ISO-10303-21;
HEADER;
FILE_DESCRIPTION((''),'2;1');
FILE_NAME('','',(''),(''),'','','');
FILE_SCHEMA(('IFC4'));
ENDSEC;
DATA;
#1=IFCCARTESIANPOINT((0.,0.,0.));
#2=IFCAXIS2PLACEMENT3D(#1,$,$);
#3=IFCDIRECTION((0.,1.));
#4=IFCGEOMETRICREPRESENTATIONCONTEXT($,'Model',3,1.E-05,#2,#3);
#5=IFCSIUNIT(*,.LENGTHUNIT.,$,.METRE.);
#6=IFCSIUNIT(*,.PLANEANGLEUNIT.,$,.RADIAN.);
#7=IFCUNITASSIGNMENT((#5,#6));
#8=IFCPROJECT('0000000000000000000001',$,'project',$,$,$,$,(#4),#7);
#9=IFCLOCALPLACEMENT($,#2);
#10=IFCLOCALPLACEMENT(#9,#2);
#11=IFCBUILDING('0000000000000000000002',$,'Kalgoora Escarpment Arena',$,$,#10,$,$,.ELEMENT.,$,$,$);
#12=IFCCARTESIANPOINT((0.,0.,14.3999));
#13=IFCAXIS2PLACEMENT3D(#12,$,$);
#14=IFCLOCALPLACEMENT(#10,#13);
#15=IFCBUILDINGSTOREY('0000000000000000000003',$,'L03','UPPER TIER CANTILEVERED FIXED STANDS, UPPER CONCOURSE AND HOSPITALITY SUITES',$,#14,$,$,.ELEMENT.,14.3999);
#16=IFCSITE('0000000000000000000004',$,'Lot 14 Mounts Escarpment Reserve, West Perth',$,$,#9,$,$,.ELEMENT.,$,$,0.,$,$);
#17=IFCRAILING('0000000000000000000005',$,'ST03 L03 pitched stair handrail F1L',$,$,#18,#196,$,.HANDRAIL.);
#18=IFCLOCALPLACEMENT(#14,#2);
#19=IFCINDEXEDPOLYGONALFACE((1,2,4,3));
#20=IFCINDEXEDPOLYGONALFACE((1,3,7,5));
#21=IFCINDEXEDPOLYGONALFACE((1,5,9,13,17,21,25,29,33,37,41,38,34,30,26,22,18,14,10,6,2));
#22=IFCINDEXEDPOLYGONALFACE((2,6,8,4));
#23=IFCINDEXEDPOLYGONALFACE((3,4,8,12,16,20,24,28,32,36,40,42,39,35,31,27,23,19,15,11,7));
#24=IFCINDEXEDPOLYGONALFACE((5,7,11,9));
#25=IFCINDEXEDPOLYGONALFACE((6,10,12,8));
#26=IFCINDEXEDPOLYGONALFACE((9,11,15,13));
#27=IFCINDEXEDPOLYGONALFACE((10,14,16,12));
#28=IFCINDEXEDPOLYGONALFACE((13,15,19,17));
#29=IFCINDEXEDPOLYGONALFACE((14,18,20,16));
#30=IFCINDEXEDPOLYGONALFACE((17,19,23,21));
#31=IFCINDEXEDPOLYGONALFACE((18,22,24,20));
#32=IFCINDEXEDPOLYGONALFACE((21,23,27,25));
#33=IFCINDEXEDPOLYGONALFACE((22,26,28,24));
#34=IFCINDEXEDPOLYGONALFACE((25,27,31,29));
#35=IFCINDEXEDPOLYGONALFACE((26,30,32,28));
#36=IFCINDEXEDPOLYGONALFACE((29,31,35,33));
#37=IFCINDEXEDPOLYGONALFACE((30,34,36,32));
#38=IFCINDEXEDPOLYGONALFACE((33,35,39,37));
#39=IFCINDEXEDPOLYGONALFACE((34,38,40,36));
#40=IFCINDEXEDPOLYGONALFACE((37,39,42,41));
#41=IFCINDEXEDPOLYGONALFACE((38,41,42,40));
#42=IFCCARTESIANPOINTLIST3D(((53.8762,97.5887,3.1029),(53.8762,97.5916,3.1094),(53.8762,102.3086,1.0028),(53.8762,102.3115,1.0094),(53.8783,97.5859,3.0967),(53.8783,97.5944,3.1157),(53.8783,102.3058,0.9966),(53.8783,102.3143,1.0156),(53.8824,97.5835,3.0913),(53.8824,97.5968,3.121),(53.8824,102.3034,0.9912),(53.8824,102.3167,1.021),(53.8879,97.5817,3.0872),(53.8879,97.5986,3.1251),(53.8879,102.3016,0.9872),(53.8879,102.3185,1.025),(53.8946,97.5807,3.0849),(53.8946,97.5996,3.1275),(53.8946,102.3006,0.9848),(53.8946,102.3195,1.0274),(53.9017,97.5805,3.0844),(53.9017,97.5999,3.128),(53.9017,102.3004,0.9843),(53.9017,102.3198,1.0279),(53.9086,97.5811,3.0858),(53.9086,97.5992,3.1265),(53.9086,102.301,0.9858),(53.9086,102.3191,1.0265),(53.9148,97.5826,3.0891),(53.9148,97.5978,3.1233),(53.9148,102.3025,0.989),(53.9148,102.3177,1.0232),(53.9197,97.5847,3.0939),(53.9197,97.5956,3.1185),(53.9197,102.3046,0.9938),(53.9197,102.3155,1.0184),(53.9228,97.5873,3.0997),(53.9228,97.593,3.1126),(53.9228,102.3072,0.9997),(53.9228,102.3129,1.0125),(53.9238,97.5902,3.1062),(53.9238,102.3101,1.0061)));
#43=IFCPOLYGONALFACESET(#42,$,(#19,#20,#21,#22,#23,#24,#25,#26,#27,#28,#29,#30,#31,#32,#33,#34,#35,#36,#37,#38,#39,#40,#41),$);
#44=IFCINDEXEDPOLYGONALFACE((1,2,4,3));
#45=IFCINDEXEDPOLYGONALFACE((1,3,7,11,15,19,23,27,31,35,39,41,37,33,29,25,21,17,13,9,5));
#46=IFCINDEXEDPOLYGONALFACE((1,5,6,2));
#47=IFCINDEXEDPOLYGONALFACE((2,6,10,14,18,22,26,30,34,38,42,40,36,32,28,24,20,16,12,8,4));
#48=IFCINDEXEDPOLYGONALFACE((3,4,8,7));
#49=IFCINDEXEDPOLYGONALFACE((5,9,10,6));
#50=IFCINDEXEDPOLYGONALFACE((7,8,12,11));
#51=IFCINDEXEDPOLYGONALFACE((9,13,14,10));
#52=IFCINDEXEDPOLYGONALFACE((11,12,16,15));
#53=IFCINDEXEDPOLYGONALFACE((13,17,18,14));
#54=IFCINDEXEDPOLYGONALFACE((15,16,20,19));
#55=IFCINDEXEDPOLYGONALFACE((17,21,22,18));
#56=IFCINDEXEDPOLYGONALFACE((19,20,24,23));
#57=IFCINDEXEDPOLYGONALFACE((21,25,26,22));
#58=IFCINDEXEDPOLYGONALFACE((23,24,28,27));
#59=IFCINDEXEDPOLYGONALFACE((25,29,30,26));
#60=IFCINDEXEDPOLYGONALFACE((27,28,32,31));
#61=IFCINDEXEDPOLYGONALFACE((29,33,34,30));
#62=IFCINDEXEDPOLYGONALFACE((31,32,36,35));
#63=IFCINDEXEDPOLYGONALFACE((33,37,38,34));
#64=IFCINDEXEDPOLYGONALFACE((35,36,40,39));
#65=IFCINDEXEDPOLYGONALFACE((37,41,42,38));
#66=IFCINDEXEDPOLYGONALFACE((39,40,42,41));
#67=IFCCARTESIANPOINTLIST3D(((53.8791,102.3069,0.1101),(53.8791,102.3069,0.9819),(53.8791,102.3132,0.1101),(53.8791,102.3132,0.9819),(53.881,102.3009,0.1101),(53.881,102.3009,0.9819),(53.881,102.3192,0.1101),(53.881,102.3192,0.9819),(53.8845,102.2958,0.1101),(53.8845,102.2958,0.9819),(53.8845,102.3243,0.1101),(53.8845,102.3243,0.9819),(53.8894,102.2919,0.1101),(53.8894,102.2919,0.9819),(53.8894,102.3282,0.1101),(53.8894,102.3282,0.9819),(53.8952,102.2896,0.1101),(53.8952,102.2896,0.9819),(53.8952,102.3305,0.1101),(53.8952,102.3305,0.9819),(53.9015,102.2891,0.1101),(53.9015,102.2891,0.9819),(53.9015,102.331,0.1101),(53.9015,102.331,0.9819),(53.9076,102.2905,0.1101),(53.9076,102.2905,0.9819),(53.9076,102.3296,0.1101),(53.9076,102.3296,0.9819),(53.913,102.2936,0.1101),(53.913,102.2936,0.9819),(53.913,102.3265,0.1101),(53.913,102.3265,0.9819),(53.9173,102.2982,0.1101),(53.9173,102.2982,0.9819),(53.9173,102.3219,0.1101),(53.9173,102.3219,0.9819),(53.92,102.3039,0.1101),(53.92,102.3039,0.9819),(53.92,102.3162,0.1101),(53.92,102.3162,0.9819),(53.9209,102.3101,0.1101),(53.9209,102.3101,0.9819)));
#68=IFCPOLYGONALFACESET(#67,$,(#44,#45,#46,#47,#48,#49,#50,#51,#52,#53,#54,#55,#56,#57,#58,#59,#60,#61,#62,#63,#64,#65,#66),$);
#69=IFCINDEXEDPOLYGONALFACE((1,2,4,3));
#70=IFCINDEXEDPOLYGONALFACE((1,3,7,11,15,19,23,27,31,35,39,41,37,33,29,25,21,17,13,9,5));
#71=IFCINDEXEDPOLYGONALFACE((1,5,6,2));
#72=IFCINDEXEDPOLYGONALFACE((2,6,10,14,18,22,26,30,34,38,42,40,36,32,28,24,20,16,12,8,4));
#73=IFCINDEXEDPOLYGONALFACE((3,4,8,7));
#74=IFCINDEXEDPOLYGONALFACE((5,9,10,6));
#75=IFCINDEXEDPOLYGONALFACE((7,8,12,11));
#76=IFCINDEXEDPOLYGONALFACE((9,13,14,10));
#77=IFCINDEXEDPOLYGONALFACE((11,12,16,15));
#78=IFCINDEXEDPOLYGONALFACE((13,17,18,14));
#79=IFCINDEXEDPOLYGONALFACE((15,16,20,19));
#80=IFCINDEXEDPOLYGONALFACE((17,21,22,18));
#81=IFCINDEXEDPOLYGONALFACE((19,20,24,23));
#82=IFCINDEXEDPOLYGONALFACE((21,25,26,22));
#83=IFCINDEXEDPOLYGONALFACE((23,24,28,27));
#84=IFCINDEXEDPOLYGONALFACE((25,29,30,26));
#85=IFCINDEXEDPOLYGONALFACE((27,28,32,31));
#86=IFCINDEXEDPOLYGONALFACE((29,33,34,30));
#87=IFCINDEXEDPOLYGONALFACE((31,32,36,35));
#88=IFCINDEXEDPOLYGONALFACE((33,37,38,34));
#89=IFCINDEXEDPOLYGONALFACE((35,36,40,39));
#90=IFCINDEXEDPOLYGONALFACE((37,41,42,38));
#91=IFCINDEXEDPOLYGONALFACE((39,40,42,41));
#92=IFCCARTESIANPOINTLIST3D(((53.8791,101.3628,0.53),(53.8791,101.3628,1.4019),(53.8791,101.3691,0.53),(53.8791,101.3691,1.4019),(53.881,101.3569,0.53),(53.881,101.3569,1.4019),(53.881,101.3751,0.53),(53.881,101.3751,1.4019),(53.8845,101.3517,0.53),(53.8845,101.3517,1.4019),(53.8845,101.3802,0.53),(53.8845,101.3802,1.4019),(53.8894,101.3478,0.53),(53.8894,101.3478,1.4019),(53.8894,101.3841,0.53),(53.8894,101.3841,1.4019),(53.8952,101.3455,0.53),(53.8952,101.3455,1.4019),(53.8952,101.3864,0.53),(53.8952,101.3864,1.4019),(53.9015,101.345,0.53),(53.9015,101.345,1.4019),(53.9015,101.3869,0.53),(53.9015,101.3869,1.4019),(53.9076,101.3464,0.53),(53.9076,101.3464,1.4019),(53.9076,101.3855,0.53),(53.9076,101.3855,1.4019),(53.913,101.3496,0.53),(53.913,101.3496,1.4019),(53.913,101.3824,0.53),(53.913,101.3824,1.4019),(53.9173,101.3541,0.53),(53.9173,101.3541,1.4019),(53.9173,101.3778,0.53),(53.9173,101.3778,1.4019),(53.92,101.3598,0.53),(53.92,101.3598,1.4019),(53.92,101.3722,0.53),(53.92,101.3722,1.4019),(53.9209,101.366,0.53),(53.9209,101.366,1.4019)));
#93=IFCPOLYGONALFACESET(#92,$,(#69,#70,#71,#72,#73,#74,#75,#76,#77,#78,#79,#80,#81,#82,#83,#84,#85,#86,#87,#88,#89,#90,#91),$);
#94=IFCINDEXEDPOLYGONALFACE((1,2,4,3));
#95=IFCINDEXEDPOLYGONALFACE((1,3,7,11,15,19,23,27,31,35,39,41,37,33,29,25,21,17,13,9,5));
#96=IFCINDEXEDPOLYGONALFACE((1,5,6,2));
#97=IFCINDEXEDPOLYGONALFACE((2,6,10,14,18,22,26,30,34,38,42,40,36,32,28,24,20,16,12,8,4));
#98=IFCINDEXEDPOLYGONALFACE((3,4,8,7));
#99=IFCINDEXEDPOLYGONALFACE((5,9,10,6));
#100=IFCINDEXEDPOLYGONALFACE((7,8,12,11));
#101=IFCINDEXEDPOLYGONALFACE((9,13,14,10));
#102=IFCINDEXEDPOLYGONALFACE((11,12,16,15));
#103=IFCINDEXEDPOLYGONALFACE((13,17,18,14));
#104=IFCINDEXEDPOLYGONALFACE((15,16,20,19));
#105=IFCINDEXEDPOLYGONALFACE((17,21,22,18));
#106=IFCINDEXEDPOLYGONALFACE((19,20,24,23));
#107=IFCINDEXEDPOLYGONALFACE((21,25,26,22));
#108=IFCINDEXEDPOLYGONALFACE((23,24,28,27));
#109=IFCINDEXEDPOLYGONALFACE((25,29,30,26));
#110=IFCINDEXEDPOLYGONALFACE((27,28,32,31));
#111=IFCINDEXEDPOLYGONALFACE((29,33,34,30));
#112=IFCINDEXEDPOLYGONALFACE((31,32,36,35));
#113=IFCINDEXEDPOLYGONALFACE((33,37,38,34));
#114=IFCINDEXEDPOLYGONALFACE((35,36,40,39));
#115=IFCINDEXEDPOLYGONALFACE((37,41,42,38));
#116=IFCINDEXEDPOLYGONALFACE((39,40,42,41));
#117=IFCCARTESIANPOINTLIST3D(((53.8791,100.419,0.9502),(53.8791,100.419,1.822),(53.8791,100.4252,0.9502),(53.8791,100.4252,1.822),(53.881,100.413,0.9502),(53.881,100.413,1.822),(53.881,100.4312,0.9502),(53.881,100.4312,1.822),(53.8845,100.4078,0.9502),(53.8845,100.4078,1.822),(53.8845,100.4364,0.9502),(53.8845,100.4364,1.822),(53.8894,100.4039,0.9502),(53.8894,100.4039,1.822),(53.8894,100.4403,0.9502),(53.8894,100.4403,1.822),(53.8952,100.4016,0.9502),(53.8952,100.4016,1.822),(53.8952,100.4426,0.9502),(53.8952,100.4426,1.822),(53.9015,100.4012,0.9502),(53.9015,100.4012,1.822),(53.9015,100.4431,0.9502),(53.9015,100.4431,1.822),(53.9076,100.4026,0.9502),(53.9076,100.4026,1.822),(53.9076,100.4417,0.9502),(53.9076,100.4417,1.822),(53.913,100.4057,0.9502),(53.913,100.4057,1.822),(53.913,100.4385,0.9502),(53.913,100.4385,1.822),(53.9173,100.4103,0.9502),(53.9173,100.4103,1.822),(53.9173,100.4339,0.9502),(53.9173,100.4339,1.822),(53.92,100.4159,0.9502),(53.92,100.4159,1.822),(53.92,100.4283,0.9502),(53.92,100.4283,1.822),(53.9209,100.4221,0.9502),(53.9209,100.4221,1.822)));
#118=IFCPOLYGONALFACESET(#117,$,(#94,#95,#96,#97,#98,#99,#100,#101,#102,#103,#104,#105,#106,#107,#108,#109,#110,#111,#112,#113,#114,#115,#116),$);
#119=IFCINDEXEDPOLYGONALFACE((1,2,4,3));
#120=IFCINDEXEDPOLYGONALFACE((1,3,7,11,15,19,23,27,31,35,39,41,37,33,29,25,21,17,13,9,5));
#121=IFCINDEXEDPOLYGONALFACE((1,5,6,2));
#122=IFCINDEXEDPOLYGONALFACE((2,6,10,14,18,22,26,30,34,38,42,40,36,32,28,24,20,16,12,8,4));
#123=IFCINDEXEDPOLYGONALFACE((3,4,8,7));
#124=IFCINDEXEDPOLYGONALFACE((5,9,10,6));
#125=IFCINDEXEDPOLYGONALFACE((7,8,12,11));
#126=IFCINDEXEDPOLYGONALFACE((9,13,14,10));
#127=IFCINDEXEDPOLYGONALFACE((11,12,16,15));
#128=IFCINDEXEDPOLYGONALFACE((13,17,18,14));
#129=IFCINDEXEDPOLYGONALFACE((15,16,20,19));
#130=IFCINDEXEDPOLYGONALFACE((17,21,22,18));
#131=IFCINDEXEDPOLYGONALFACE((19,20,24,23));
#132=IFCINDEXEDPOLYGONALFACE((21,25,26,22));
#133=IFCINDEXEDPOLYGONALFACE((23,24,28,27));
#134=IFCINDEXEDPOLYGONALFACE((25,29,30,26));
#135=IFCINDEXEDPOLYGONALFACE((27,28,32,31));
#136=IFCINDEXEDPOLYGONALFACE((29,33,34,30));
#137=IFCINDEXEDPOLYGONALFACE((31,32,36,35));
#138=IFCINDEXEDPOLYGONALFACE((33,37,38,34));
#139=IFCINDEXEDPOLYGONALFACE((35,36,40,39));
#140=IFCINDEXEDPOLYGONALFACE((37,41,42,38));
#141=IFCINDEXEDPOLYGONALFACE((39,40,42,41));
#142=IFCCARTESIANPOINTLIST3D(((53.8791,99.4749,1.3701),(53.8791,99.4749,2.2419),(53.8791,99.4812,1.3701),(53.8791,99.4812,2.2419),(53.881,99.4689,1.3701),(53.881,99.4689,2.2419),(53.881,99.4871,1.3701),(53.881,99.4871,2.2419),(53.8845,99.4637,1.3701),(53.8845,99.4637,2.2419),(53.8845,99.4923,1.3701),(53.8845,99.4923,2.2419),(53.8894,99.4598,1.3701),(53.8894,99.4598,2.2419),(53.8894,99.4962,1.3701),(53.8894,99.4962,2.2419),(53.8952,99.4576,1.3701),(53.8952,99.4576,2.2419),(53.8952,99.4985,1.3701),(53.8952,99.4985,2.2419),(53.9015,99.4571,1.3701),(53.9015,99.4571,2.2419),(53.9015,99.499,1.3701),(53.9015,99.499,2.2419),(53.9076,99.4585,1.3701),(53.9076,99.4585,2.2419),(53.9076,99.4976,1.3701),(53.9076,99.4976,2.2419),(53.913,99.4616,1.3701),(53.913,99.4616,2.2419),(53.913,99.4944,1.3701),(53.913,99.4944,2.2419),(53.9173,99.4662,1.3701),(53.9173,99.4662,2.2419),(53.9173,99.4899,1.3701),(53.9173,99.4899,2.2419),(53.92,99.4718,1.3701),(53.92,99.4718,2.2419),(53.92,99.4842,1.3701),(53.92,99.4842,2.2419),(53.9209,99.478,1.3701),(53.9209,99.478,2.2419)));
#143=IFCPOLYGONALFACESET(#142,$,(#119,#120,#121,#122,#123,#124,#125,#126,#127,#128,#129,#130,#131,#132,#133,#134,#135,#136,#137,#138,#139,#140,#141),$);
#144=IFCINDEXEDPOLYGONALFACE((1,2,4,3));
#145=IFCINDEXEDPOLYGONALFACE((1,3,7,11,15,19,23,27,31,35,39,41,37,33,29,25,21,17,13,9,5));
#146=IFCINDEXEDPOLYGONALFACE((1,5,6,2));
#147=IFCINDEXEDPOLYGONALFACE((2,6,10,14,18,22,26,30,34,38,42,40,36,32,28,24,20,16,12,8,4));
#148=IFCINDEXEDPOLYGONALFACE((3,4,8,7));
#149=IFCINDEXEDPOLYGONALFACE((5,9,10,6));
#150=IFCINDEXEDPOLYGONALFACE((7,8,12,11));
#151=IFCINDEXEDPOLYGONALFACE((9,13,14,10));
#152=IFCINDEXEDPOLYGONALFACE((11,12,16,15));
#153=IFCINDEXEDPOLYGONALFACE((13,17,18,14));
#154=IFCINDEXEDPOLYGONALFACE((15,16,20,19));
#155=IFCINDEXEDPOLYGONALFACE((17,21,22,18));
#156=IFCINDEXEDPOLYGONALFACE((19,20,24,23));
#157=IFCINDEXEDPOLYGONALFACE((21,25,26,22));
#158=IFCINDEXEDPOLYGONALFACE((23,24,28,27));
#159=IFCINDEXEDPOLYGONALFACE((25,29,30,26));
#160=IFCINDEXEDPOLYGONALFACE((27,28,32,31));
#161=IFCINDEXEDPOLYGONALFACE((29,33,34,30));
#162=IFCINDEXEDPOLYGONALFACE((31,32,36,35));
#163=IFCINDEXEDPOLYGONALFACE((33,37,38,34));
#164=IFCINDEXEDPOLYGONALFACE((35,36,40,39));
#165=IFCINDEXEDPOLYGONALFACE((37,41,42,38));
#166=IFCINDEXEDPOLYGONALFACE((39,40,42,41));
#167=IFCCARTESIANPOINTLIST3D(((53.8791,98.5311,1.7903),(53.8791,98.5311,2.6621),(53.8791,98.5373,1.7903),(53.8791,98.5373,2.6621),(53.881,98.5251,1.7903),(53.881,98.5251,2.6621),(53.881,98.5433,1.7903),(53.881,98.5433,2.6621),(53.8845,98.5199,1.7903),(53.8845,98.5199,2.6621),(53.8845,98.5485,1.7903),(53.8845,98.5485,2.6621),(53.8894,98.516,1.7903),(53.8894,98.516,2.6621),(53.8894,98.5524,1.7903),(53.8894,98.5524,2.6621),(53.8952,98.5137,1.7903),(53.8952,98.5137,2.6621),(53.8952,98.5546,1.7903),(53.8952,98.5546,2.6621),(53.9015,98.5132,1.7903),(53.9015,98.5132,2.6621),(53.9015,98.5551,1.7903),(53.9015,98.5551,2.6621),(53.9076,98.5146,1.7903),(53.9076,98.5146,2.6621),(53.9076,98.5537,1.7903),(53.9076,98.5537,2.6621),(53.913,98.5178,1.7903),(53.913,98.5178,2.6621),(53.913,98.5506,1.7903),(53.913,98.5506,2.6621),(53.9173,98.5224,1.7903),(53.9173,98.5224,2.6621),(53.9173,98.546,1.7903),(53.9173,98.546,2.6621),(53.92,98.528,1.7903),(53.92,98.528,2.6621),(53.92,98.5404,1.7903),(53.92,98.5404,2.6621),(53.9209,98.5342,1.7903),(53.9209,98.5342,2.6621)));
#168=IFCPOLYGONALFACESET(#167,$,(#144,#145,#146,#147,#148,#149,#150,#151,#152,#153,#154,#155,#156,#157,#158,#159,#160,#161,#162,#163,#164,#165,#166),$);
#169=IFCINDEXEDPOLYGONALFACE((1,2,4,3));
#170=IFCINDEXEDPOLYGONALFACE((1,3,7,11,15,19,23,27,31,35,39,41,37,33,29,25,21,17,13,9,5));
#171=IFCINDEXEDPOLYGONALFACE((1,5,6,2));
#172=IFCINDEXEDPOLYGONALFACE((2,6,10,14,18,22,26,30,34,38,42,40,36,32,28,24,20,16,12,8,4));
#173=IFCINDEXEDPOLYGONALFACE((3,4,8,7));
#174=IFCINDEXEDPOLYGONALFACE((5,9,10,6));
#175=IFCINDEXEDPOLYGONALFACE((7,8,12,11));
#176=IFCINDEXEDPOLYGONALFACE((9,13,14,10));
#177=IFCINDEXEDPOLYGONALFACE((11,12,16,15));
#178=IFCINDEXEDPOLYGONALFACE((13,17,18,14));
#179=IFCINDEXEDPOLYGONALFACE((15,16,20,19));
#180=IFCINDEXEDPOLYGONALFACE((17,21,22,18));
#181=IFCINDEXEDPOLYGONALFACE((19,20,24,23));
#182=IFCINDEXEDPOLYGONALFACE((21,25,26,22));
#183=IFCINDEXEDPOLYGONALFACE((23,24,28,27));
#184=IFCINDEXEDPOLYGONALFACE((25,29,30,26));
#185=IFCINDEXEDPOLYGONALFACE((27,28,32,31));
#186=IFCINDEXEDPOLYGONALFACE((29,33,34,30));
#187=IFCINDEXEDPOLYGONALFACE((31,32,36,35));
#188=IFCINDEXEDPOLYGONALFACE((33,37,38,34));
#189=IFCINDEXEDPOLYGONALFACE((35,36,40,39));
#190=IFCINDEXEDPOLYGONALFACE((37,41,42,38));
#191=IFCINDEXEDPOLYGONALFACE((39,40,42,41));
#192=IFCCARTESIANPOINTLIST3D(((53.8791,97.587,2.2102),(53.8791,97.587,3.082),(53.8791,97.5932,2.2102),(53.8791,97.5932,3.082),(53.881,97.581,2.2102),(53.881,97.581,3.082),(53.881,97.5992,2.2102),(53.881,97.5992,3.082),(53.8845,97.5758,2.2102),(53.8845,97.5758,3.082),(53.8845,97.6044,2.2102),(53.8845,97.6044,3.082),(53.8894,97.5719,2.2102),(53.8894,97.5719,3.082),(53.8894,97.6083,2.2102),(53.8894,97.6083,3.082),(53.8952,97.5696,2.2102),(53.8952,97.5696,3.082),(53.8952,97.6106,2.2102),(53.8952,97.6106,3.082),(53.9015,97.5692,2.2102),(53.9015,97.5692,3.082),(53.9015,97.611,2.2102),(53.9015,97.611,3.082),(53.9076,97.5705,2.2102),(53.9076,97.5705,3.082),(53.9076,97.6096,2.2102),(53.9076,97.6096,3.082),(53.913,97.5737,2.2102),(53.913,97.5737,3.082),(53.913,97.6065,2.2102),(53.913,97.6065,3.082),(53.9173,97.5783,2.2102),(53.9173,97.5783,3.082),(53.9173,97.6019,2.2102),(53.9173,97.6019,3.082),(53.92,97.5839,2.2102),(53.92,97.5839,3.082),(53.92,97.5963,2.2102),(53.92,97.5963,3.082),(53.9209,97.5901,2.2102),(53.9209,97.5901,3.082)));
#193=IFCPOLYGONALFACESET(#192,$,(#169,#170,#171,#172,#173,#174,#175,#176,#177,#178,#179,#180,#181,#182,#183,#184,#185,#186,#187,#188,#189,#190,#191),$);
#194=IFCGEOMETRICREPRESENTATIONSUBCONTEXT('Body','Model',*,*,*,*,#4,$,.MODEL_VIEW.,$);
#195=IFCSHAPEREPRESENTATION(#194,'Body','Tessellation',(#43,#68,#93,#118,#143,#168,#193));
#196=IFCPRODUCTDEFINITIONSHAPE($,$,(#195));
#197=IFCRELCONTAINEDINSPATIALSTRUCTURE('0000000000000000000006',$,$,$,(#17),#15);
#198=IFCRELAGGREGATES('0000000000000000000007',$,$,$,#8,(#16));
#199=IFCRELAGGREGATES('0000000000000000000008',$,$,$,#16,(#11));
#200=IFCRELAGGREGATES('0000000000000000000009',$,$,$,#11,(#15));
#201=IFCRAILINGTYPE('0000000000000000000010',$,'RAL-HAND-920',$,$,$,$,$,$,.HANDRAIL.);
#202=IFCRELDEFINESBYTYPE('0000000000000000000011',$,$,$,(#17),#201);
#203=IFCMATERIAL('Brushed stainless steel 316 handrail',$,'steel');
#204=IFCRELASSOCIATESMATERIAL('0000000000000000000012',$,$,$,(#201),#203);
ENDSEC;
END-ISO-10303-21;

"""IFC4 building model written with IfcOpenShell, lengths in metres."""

from ifc_helpers import new_model, si_unit, direction, frame, origin, origin_2d, place, context, subcontext, project, spatial, circle, extrude, material, type_object, element, save


model = new_model("IFC4")

# Units and contexts
model_context = context("Model", 3, precision=1e-05, world=origin(), true_north=direction((0.0, 1.0)))
body_context = subcontext(model_context, "Body", "Model", "MODEL_VIEW")
ifc_project = project(units=[si_unit("LENGTHUNIT", "METRE"), si_unit("PLANEANGLEUNIT", "RADIAN")], contexts=[model_context])

# Site, building, storey
site_placement = place(None, origin())
site = spatial("IfcSite", under=ifc_project, at=site_placement, Name="Lot 14 Mounts Escarpment Reserve, West Perth", CompositionType="ELEMENT", RefElevation=0.0)
building_placement = place(site_placement, origin())
building = spatial("IfcBuilding", under=site, at=building_placement, Name="Kalgoora Escarpment Arena", CompositionType="ELEMENT")
storey_placement = place(building_placement, frame((0.0, 0.0, 14.3999)))
storey = spatial("IfcBuildingStorey", under=building, at=storey_placement, Name="L03", Description="UPPER TIER CANTILEVERED FIXED STANDS, UPPER CONCOURSE AND HOSPITALITY SUITES", CompositionType="ELEMENT", Elevation=14.3999)

# Railing
ifc_material_1 = material(Name="Brushed stainless steel 316 handrail", Category="steel")
railing_type_1 = type_object("IfcRailingType", Name="RAL-HAND-920", PredefinedType="HANDRAIL", material=ifc_material_1)
for number, where, name in (
    (1, (53.8999, 102.3101, 0.1101), "ST03 L03 pitched stair handrail F1L"),
):
    element("IfcRailing", number, at=place(storey_placement, frame(where)), inside=storey, type_object=railing_type_1, Name=name, PredefinedType="HANDRAIL", context=body_context, shape_type="SweptSolid", body=[
        extrude(circle(Radius=0.0239, at=origin_2d()), frame((0.0, 0.0, 0.896), z_axis=(0.0, -0.913644, 0.406516), x_axis=(1.0, 0.0, 0.0)), (0.0, 0.0, 1.0), 5.166),
        extrude(circle(Radius=0.021, at=origin_2d()), origin(), (0.0, 0.0, 1.0), 0.8718),
        extrude(circle(Radius=0.021, at=origin_2d()), frame((0.0, -0.9441, 0.4199)), (0.0, 0.0, 1.0), 0.8718),
        extrude(circle(Radius=0.021, at=origin_2d()), frame((0.0, -1.8879, 0.8401)), (0.0, 0.0, 1.0), 0.8718),
        extrude(circle(Radius=0.021, at=origin_2d()), frame((0.0, -2.832, 1.26)), (0.0, 0.0, 1.0), 0.8718),
        extrude(circle(Radius=0.021, at=origin_2d()), frame((0.0, -3.7759, 1.6802)), (0.0, 0.0, 1.0), 0.8718),
        extrude(circle(Radius=0.021, at=origin_2d()), frame((0.0, -4.72, 2.1001)), (0.0, 0.0, 1.0), 0.8718),
    ])

save(model, "model.ifc")
